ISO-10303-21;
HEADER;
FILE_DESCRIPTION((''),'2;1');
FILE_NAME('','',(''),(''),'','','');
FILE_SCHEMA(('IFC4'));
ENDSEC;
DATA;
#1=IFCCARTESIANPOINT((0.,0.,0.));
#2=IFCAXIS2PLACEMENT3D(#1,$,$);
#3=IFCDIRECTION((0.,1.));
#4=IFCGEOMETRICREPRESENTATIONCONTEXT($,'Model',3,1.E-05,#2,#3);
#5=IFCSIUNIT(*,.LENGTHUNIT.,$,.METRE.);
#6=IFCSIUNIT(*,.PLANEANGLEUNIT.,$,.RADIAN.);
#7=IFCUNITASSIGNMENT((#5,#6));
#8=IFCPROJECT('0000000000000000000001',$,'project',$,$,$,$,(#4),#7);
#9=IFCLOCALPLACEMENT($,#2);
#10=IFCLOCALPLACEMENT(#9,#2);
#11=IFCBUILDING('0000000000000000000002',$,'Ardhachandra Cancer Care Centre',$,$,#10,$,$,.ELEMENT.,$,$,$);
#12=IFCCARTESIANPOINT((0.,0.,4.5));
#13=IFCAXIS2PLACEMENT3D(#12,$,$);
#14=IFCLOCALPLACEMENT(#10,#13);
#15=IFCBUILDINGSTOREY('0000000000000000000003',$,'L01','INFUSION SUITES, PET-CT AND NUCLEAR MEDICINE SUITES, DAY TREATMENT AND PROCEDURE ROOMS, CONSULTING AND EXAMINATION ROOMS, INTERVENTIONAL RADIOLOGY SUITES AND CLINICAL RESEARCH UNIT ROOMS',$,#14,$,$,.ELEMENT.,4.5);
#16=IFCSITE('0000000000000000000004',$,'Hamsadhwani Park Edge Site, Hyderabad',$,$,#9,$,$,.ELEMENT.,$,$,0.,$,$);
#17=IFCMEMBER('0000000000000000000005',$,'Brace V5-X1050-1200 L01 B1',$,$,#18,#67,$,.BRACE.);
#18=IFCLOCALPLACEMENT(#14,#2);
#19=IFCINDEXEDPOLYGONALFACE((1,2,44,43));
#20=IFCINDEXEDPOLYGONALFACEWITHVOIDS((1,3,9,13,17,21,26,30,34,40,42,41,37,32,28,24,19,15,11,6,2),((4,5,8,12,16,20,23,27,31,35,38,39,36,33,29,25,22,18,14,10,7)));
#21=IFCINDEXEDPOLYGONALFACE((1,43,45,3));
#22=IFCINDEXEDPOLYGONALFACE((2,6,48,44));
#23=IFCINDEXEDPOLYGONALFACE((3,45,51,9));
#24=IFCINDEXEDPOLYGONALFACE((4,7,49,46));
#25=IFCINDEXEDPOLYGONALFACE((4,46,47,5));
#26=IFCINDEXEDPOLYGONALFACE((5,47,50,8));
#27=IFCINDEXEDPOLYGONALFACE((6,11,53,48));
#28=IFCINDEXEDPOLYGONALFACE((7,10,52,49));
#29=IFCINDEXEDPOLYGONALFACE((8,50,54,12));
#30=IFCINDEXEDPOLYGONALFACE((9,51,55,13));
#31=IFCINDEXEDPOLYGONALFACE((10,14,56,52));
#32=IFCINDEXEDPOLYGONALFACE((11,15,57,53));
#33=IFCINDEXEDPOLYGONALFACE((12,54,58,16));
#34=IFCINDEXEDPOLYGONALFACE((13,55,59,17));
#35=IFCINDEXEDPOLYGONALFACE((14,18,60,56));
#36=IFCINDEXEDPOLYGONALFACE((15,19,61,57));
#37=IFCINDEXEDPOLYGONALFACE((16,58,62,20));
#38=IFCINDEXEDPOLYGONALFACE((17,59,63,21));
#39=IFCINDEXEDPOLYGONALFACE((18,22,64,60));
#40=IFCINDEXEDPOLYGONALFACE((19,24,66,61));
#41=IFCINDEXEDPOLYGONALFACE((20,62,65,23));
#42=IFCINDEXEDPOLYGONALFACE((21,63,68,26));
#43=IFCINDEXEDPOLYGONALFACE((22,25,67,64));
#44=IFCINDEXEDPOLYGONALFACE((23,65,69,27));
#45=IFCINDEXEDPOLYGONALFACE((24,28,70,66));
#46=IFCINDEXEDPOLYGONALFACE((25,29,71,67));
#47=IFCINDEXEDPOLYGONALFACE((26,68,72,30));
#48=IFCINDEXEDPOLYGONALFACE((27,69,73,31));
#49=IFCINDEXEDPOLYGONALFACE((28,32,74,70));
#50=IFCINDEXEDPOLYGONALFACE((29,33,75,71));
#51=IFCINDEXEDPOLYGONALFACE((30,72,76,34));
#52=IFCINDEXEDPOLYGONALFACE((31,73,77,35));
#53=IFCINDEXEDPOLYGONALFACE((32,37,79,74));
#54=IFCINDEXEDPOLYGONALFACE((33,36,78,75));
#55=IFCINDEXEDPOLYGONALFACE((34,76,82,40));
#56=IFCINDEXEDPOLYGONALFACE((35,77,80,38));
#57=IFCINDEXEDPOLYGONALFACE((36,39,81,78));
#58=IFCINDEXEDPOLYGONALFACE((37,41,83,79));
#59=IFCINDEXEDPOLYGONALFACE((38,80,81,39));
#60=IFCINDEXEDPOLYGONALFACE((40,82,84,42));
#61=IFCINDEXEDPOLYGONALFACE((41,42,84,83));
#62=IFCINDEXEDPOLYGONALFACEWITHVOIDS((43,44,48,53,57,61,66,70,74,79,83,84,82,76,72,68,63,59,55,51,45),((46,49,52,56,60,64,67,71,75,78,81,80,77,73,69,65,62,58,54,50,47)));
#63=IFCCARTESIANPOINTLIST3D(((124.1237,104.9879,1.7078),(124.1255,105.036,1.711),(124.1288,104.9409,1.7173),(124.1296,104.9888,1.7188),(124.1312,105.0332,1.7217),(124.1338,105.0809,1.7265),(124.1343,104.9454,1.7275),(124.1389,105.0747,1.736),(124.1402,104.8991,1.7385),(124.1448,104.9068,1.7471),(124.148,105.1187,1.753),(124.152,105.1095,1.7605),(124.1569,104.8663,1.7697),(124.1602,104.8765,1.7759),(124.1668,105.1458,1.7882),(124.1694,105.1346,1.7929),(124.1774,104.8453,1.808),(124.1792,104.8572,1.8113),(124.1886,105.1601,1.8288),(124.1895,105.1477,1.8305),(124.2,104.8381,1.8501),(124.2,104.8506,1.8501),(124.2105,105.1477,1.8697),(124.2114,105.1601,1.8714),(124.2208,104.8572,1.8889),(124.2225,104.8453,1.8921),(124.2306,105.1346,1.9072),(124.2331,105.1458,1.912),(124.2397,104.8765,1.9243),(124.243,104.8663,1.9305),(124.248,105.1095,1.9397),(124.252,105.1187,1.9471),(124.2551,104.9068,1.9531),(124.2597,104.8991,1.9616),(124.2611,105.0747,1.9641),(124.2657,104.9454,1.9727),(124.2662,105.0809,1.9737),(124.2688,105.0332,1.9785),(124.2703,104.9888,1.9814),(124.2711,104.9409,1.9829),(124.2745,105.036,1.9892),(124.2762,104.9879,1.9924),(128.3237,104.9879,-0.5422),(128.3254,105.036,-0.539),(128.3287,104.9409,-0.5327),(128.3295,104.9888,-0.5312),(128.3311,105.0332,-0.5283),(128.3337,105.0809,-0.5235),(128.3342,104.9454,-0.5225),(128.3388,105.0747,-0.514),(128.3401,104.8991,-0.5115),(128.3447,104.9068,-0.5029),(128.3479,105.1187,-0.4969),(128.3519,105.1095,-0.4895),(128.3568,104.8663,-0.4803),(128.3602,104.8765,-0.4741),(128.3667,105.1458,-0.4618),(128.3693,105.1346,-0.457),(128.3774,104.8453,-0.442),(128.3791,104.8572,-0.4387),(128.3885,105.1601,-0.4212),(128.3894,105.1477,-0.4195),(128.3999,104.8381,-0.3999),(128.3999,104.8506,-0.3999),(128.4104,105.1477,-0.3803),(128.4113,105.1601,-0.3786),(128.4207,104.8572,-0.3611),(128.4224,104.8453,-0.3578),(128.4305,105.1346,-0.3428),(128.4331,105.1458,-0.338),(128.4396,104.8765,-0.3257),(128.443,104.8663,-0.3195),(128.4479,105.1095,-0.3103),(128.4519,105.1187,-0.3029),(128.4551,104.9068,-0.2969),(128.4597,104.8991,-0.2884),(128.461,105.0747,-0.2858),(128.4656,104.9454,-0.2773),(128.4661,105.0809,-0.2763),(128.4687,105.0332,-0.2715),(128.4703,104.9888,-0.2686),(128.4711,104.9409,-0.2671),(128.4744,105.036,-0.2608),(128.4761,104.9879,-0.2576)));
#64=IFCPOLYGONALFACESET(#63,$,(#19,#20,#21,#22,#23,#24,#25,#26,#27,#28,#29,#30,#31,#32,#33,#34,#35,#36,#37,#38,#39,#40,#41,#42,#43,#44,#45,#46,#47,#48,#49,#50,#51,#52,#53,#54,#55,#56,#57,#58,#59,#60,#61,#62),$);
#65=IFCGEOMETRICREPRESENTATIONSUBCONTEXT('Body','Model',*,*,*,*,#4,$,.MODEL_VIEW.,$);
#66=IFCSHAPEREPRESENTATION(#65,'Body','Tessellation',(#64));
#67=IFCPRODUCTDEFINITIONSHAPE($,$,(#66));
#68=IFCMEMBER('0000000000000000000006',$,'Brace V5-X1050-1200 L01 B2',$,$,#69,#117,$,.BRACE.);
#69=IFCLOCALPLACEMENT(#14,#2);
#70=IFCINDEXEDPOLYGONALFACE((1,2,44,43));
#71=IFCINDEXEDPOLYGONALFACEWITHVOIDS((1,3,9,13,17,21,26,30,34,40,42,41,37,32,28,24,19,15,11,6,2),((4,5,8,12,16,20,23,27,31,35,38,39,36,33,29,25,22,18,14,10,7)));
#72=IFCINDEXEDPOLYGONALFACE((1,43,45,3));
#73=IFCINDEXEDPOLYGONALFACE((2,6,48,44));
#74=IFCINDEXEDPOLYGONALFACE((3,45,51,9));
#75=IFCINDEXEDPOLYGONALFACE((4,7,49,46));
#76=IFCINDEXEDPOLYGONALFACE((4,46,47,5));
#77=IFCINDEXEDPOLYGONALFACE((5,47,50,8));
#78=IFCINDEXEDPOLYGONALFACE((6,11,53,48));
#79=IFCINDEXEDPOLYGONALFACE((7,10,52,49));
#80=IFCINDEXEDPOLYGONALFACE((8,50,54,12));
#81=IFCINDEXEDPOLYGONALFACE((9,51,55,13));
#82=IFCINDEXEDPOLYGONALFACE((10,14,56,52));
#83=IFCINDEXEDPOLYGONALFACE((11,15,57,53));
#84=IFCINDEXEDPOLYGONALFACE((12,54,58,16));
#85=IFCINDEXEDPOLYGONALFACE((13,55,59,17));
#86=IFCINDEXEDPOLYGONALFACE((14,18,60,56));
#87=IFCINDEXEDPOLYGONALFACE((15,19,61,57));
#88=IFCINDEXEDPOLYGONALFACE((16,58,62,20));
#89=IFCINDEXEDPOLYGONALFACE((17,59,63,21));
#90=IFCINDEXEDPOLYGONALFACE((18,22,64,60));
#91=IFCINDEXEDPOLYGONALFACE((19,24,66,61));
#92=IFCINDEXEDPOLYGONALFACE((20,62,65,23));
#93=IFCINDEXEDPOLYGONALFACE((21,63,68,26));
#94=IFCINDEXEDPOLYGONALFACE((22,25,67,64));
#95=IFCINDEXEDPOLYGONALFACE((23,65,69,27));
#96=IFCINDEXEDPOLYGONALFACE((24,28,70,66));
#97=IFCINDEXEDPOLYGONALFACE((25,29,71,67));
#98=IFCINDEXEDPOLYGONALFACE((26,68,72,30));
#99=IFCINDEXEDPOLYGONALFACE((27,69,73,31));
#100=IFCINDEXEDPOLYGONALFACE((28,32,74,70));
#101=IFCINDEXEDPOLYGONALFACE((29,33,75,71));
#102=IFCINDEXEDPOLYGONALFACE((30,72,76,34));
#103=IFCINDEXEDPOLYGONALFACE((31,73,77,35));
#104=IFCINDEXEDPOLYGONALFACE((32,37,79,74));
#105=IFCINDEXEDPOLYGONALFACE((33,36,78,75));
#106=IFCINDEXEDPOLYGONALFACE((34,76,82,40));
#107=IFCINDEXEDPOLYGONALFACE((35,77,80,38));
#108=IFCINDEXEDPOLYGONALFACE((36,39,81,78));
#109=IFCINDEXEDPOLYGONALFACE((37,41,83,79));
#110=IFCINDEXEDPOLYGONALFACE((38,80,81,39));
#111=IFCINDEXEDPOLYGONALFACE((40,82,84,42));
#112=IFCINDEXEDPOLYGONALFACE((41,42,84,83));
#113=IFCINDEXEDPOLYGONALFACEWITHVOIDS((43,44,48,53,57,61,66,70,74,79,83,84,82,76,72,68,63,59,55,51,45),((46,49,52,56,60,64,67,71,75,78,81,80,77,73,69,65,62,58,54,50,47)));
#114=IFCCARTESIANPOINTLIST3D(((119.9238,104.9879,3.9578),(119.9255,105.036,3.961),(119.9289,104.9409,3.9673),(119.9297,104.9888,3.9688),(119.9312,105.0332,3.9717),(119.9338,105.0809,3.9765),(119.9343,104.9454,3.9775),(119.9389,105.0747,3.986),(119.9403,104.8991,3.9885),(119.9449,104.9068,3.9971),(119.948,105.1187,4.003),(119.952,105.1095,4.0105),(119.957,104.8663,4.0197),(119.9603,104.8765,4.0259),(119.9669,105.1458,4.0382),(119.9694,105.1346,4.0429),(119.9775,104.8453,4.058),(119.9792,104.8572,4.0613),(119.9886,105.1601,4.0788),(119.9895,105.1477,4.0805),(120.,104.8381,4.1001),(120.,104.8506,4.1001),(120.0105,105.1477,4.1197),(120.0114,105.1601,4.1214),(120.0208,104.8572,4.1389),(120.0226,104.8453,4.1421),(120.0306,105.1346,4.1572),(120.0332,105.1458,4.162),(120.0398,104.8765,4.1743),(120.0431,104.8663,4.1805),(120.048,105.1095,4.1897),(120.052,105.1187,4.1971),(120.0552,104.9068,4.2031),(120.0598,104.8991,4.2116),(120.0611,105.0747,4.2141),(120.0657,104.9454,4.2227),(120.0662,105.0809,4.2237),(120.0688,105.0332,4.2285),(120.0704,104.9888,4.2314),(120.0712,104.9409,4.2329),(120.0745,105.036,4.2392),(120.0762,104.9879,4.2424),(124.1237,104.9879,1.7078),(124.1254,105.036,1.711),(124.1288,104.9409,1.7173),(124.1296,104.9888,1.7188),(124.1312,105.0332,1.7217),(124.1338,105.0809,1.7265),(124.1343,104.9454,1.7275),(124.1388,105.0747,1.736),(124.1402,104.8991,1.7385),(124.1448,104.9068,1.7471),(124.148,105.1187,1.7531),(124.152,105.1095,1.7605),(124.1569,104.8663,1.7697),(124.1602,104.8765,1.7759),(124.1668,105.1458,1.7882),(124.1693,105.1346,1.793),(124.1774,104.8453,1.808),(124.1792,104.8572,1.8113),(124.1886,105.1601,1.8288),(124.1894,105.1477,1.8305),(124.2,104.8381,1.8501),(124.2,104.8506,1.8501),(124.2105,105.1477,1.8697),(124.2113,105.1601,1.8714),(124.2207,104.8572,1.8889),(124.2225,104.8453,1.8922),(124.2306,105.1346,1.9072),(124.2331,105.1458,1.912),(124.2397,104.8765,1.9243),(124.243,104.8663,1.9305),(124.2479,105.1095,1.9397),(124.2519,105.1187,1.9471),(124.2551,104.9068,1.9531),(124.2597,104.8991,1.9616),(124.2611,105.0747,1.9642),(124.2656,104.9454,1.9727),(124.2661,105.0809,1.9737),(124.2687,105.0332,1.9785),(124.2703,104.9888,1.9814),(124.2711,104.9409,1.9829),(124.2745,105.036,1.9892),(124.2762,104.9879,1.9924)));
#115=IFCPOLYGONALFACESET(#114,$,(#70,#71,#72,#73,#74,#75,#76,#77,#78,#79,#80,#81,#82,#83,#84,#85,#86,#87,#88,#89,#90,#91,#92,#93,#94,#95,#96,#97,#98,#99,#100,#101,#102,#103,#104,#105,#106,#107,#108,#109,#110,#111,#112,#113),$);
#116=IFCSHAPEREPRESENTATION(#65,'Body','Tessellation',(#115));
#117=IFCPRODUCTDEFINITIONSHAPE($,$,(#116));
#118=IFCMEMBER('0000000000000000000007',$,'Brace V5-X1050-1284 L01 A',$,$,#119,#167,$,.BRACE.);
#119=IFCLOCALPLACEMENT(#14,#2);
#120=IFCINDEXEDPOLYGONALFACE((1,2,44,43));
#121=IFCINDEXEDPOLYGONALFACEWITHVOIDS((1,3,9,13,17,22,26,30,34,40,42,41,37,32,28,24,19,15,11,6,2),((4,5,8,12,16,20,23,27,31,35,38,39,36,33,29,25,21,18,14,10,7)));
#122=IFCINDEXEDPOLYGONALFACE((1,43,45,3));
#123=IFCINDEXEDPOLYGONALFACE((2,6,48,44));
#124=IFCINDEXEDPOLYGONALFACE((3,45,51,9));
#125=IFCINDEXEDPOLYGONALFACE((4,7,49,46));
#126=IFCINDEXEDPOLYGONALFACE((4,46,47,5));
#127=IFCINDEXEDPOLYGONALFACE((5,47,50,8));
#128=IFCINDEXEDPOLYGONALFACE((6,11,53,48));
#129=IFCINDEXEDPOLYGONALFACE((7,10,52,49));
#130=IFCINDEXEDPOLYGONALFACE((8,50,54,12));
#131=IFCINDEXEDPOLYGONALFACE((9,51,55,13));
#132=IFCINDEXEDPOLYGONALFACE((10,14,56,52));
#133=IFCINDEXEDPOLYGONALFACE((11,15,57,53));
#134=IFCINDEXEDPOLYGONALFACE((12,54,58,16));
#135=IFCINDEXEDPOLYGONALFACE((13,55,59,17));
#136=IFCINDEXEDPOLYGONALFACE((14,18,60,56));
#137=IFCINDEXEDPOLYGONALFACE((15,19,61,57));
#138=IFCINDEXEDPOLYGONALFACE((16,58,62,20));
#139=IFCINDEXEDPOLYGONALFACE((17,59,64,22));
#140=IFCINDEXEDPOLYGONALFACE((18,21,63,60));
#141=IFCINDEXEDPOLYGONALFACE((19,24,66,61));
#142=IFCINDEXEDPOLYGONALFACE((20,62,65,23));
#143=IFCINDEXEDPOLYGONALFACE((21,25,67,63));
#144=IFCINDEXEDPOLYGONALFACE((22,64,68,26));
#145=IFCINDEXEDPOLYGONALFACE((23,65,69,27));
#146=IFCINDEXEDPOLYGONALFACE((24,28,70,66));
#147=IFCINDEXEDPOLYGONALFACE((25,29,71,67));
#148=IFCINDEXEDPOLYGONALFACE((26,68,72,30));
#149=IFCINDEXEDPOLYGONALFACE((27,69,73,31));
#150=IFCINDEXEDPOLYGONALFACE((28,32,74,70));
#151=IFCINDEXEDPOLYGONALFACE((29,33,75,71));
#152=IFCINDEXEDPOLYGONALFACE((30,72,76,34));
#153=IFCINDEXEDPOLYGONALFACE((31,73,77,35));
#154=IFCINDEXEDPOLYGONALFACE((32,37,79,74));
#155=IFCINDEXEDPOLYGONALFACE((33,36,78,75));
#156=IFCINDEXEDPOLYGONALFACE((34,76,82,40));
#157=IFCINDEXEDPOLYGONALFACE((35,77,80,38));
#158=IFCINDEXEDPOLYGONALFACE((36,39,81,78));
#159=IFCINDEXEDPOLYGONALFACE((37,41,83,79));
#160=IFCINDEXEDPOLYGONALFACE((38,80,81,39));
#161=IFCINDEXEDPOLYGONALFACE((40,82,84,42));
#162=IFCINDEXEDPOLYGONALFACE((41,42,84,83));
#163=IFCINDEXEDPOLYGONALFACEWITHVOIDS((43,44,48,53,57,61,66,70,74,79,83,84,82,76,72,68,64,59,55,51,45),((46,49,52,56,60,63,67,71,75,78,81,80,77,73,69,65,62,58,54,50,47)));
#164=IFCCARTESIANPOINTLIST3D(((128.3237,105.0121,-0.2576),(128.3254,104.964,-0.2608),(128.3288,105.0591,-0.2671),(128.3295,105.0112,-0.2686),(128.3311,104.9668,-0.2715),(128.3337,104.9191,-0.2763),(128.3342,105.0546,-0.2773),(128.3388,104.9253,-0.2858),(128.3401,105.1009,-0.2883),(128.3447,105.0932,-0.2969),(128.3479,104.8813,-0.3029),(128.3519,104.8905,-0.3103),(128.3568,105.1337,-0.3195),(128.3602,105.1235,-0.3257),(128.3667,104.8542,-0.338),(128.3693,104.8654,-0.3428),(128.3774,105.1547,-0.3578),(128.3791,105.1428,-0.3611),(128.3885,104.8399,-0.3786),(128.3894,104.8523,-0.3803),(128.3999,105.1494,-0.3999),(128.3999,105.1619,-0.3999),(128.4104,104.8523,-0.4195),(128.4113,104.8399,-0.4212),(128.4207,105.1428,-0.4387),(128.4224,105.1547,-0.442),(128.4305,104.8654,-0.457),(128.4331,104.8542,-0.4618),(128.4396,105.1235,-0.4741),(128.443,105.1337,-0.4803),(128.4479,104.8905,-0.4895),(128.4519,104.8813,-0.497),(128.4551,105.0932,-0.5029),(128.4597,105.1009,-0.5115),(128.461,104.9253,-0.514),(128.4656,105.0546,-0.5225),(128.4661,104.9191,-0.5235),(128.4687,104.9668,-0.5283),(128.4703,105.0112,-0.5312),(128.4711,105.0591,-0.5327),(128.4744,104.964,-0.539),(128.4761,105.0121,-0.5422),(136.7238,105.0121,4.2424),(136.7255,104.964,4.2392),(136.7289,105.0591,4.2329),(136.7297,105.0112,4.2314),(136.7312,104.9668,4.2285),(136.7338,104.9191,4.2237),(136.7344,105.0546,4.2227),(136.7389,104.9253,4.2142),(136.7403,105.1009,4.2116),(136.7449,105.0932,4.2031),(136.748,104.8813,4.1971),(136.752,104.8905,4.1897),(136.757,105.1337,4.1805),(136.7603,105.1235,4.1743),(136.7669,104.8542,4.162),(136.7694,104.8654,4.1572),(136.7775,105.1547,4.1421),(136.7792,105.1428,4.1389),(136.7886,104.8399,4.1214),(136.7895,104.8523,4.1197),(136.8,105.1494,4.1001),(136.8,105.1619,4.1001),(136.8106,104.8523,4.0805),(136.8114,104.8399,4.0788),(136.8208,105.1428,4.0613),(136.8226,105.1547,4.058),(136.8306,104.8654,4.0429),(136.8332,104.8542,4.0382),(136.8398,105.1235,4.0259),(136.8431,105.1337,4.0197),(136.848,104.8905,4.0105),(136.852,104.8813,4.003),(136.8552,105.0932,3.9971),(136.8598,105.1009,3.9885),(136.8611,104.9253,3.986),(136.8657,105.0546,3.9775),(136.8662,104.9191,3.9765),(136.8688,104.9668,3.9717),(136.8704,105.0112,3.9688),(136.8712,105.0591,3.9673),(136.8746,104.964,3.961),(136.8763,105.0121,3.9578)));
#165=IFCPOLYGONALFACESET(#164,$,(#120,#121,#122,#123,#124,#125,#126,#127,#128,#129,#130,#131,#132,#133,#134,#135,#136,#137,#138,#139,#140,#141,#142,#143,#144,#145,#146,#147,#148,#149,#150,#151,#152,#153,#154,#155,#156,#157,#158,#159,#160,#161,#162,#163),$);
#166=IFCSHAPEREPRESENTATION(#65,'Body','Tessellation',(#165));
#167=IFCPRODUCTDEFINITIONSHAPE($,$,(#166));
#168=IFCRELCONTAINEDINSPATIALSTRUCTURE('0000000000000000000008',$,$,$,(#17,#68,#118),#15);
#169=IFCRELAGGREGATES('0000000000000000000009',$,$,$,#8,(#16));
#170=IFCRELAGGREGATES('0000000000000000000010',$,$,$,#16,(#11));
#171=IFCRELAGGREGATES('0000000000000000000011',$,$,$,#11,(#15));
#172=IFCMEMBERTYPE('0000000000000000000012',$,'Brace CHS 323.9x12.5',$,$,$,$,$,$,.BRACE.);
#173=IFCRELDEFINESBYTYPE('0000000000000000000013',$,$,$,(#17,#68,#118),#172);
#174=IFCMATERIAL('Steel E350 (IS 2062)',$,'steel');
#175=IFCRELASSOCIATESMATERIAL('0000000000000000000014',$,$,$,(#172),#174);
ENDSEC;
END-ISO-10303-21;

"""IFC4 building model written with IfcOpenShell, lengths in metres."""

from ifc_helpers import new_model, si_unit, direction, frame, origin, origin_2d, place, context, subcontext, project, spatial, hollow_circle, extrude, material, material_profile, profile_set, type_object, element, save


model = new_model("IFC4")

# Units and contexts
model_context = context("Model", 3, precision=1e-05, world=origin(), true_north=direction((0.0, 1.0)))
body_context = subcontext(model_context, "Body", "Model", "MODEL_VIEW")
ifc_project = project(units=[si_unit("LENGTHUNIT", "METRE"), si_unit("PLANEANGLEUNIT", "RADIAN")], contexts=[model_context])

# Site, building, storey
site_placement = place(None, origin())
site = spatial("IfcSite", under=ifc_project, at=site_placement, Name="Hamsadhwani Park Edge Site, Hyderabad", CompositionType="ELEMENT", RefElevation=0.0)
building_placement = place(site_placement, origin())
building = spatial("IfcBuilding", under=site, at=building_placement, Name="Ardhachandra Cancer Care Centre", CompositionType="ELEMENT")
storey_placement = place(building_placement, frame((0.0, 0.0, 4.5)))
storey = spatial("IfcBuildingStorey", under=building, at=storey_placement, Name="L01", Description="INFUSION SUITES, PET-CT AND NUCLEAR MEDICINE SUITES, DAY TREATMENT AND PROCEDURE ROOMS, CONSULTING AND EXAMINATION ROOMS, INTERVENTIONAL RADIOLOGY SUITES AND CLINICAL RESEARCH UNIT ROOMS", CompositionType="ELEMENT", Elevation=4.5)

# Members
ifc_material_1 = material(Name="Steel E350 (IS 2062)", Category="steel")
ifc_material_profile_1 = material_profile(ifc_material_1, hollow_circle(Radius=0.1619, WallThickness=0.0125, at=origin_2d()), Name="CHS 323.9x12.5")
ifc_profile_set_1 = profile_set([ifc_material_profile_1], Name="Steel E350 (IS 2062)")
member_type_1 = type_object("IfcMemberType", Name="Brace CHS 323.9x12.5", PredefinedType="BRACE", material=ifc_profile_set_1)
for number, where, z_axis, x_axis, name in (
    (1, (128.3999, 105.0, -0.3999), (-0.881478, 0.0, 0.472226), (0.0, -1.0, 0.0), "Brace V5-X1050-1200 L01 B1"),
    (2, (124.2, 105.0, 1.8501), (-0.881478, 0.0, 0.472226), (0.0, -1.0, 0.0), "Brace V5-X1050-1200 L01 B2"),
):
    element("IfcMember", number, at=place(storey_placement, frame(where, z_axis=z_axis, x_axis=x_axis)), inside=storey, type_object=member_type_1, Name=name, PredefinedType="BRACE", context=body_context, shape_type="SweptSolid", body=[
        extrude(hollow_circle(Radius=0.1619, WallThickness=0.0125, at=origin_2d()), origin(), (0.0, 0.0, 1.0), 4.7646),
    ])
member_1_placement = place(storey_placement, frame((128.3999, 105.0, -0.3999), z_axis=(0.881483, 0.0, 0.472215), x_axis=(0.0, 1.0, 0.0)))
element("IfcMember", 3, at=member_1_placement, inside=storey, type_object=member_type_1, Name="Brace V5-X1050-1284 L01 A", PredefinedType="BRACE", context=body_context, shape_type="SweptSolid", body=[
    extrude(hollow_circle(Radius=0.1619, WallThickness=0.0125, at=origin_2d()), origin(), (0.0, 0.0, 1.0), 9.5295),
])

save(model, "model.ifc")
